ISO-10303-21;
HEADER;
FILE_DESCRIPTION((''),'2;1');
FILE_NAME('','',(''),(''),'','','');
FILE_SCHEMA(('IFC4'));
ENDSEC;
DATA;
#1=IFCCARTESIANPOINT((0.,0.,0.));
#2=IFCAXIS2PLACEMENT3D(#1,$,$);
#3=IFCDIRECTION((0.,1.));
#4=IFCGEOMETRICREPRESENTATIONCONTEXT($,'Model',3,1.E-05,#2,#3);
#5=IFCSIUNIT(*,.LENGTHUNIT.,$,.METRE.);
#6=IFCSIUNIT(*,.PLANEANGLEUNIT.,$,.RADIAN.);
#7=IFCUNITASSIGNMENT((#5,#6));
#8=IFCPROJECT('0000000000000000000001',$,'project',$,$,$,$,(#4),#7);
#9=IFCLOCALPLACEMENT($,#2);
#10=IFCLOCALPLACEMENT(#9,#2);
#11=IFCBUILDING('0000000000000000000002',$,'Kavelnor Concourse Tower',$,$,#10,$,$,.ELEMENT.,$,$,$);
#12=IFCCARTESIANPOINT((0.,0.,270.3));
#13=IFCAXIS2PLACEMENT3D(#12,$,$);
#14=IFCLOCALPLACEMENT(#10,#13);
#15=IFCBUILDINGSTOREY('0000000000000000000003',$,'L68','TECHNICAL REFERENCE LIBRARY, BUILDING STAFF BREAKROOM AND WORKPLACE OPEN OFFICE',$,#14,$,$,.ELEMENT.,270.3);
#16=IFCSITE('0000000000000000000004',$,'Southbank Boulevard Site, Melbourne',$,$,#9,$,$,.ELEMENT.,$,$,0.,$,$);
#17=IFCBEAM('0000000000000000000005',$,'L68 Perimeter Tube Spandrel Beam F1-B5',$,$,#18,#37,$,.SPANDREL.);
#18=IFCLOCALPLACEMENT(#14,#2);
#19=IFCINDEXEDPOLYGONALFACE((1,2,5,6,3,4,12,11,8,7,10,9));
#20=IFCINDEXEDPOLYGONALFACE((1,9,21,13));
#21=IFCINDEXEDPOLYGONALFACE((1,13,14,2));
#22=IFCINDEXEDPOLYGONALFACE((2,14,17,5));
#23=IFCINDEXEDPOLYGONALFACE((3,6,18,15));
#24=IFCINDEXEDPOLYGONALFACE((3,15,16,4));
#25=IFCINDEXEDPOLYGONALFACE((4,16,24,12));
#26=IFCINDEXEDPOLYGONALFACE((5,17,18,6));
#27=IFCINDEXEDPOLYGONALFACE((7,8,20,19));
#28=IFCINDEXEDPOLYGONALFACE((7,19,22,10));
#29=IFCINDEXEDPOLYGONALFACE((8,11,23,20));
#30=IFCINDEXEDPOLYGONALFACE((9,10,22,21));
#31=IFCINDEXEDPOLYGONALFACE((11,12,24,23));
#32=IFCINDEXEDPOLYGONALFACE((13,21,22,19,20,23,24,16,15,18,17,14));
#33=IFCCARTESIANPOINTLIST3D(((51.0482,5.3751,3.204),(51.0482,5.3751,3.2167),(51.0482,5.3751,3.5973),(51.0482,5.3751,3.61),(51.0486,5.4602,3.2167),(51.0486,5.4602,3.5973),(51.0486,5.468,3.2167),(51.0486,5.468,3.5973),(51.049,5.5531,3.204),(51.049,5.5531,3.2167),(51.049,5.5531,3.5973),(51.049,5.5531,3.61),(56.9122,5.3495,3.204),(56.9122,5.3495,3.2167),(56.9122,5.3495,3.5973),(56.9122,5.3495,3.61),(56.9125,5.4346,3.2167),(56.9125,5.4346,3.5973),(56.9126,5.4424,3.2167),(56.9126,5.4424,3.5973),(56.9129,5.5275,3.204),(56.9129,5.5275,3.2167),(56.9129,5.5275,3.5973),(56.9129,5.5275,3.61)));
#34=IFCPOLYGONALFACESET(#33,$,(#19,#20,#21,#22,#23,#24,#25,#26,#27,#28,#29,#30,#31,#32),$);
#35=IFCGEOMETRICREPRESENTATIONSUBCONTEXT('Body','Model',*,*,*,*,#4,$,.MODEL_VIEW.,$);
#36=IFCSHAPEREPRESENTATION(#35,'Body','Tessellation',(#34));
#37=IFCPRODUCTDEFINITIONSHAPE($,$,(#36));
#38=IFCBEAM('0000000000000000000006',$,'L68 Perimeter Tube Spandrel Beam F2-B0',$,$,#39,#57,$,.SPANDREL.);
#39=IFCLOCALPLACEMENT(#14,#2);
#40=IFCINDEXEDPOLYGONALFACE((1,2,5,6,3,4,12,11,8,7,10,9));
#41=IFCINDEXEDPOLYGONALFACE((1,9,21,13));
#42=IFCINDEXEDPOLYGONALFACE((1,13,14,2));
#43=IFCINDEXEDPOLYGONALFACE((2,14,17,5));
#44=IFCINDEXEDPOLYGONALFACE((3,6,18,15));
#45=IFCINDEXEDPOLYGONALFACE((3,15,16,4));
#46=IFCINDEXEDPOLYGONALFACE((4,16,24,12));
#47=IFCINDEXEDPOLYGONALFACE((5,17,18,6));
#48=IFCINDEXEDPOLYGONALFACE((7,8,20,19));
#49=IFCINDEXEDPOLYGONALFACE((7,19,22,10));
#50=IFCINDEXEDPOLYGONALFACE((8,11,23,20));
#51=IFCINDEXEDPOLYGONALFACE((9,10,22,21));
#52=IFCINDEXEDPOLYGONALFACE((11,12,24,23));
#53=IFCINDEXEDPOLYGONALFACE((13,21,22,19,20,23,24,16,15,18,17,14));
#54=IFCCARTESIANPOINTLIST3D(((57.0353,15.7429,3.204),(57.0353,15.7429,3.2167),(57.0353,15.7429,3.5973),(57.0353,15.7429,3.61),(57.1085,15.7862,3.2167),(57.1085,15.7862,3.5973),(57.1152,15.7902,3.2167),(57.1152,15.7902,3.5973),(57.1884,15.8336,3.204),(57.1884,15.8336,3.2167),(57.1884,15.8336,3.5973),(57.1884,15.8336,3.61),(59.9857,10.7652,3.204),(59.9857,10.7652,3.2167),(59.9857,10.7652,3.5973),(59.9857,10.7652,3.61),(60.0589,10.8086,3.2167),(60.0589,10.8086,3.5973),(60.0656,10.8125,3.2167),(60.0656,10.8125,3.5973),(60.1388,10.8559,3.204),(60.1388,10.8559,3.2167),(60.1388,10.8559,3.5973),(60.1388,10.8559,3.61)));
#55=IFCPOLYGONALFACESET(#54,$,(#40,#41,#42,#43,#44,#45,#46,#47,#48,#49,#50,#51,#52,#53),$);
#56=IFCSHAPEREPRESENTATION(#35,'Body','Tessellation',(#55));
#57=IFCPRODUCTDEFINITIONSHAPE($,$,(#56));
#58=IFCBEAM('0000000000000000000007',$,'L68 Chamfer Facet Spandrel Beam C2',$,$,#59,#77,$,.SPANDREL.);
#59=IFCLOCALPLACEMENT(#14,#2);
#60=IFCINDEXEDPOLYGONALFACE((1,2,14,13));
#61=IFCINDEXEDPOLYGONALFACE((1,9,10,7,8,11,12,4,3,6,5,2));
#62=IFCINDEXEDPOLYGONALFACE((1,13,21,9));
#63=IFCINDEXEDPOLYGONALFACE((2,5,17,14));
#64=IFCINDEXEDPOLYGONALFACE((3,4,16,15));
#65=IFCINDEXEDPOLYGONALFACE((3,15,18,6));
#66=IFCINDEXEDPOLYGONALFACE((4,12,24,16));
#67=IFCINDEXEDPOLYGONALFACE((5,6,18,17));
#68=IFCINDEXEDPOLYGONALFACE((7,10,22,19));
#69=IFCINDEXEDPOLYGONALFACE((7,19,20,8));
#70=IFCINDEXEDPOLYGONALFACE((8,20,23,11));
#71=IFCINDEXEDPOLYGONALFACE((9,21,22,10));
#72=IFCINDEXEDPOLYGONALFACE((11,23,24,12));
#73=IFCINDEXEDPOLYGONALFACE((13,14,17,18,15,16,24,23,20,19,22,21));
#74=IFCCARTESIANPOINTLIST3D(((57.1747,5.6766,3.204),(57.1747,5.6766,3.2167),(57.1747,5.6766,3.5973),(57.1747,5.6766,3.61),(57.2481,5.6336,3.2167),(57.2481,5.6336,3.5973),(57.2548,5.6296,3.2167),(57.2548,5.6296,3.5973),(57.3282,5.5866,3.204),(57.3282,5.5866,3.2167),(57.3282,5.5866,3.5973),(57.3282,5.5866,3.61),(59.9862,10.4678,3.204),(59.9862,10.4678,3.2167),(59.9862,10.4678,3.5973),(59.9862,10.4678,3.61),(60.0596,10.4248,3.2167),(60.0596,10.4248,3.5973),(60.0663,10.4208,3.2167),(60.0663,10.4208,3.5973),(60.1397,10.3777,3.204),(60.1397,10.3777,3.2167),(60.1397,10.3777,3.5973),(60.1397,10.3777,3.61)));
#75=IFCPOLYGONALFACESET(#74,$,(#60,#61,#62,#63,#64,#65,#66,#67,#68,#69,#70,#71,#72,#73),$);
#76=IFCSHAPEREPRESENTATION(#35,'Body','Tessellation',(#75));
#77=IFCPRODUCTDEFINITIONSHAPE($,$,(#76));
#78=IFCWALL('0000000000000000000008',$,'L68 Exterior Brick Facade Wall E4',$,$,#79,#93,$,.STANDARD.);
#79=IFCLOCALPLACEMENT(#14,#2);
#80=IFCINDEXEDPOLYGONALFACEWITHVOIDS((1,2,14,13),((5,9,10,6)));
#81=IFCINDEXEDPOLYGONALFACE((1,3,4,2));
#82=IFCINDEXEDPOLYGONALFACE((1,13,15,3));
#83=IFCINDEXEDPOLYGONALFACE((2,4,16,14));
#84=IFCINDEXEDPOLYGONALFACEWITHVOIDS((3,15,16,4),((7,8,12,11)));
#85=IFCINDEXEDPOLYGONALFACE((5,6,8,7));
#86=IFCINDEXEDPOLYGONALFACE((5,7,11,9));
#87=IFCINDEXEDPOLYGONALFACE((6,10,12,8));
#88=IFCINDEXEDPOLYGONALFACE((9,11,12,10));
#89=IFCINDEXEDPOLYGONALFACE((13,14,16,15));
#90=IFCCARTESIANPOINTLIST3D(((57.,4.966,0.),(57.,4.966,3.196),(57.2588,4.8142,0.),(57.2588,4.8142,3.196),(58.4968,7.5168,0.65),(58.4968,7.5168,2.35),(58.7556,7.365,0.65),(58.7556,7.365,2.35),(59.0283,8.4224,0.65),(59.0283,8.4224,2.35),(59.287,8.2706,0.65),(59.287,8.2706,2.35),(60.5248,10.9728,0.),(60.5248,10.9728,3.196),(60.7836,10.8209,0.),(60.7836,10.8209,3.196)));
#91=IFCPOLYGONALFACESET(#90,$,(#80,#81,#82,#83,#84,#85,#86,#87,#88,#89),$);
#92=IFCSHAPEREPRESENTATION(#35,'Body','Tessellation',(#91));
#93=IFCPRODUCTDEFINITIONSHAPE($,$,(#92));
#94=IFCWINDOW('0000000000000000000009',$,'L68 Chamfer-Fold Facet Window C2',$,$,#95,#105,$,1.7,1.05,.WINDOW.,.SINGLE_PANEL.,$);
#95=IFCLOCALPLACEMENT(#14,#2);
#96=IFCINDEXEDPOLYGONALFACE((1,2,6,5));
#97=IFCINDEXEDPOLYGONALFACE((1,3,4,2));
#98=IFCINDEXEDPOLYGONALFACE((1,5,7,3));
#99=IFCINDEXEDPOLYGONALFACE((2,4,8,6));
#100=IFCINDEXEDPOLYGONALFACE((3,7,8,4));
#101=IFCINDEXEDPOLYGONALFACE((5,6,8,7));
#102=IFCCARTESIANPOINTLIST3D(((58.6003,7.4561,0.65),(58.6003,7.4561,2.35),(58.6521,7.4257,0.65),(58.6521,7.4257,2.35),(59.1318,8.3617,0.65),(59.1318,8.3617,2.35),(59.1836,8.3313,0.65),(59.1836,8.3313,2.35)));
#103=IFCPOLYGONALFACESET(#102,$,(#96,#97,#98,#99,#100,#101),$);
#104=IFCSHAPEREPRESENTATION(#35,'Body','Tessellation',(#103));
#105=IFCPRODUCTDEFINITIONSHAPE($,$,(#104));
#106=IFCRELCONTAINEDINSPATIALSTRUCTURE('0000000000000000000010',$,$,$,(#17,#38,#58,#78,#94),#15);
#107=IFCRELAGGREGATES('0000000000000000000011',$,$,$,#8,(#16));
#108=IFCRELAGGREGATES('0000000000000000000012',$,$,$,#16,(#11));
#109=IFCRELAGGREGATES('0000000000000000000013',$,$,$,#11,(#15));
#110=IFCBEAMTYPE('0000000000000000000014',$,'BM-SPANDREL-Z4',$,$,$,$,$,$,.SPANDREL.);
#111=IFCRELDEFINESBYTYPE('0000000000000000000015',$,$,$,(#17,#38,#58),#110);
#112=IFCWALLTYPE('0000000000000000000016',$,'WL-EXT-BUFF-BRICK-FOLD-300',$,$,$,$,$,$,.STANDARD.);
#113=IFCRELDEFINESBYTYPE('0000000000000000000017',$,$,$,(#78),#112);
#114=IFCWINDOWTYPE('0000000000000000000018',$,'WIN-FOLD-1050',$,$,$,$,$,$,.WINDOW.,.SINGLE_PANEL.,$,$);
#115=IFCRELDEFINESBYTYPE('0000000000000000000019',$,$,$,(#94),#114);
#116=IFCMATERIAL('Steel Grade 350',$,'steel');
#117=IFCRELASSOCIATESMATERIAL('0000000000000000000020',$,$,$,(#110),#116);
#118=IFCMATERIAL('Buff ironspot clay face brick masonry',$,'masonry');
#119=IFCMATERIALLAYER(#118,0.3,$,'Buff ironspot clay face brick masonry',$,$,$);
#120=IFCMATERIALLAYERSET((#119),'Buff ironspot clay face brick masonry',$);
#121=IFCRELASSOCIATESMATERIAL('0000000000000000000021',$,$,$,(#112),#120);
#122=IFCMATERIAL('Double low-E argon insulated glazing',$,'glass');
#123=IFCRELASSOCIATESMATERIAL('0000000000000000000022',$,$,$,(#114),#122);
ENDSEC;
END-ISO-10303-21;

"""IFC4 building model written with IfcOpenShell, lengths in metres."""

from ifc_helpers import new_model, si_unit, direction, frame, frame_2d, origin, origin_2d, place, context, subcontext, project, spatial, rectangle, i_section, extrude, material, layer, layer_set, material_profile, profile_set, type_object, element, fill, save


model = new_model("IFC4")

# Units and contexts
model_context = context("Model", 3, precision=1e-05, world=origin(), true_north=direction((0.0, 1.0)))
body_context = subcontext(model_context, "Body", "Model", "MODEL_VIEW")
ifc_project = project(units=[si_unit("LENGTHUNIT", "METRE"), si_unit("PLANEANGLEUNIT", "RADIAN")], contexts=[model_context])

# Site, building, storey
site_placement = place(None, origin())
site = spatial("IfcSite", under=ifc_project, at=site_placement, Name="Southbank Boulevard Site, Melbourne", CompositionType="ELEMENT", RefElevation=0.0)
building_placement = place(site_placement, origin())
building = spatial("IfcBuilding", under=site, at=building_placement, Name="Kavelnor Concourse Tower", CompositionType="ELEMENT")
storey_placement = place(building_placement, frame((0.0, 0.0, 270.3)))
storey = spatial("IfcBuildingStorey", under=building, at=storey_placement, Name="L68", Description="TECHNICAL REFERENCE LIBRARY, BUILDING STAFF BREAKROOM AND WORKPLACE OPEN OFFICE", CompositionType="ELEMENT", Elevation=270.3)

# Shared definitions
ifc_material_1 = material(Name="Steel Grade 350", Category="steel")

# Beams
ifc_material_profile_1 = material_profile(ifc_material_1, i_section(OverallWidth=0.178, OverallDepth=0.406, WebThickness=0.0078, FlangeThickness=0.0127, at=origin_2d()), Name="410UB59")
ifc_profile_set_1 = profile_set([ifc_material_profile_1], Name="Steel Grade 350")
beam_type_1 = type_object("IfcBeamType", Name="BM-SPANDREL-Z4", PredefinedType="SPANDREL", material=ifc_profile_set_1)
beam_1_placement = place(storey_placement, frame((51.0486, 5.4641, 3.407), z_axis=(0.99999, -0.004371, 0.0), x_axis=(0.004371, 0.99999, 0.0)))
element("IfcBeam", 1, at=beam_1_placement, inside=storey, type_object=beam_type_1, Name="L68 Perimeter Tube Spandrel Beam F1-B5", PredefinedType="SPANDREL", context=body_context, shape_type="SweptSolid", body=[
    extrude(i_section(OverallWidth=0.178, OverallDepth=0.406, WebThickness=0.0078, FlangeThickness=0.0127, at=origin_2d()), origin(), (0.0, 0.0, 1.0), 5.864),
])
beam_2_placement = place(storey_placement, frame((60.0623, 10.8105, 3.407), z_axis=(-0.509885, 0.860243, 0.0), x_axis=(-0.860243, -0.509885, 0.0)))
element("IfcBeam", 2, at=beam_2_placement, inside=storey, type_object=beam_type_1, Name="L68 Perimeter Tube Spandrel Beam F2-B0", PredefinedType="SPANDREL", context=body_context, shape_type="SweptSolid", body=[
    extrude(i_section(OverallWidth=0.178, OverallDepth=0.406, WebThickness=0.0078, FlangeThickness=0.0127, at=origin_2d()), origin(), (0.0, 0.0, 1.0), 5.7864),
])
beam_3_placement = place(storey_placement, frame((57.2515, 5.6316, 3.407), z_axis=(0.506102, 0.862474, 0.0), x_axis=(-0.862474, 0.506102, 0.0)))
element("IfcBeam", 3, at=beam_3_placement, inside=storey, type_object=beam_type_1, Name="L68 Chamfer Facet Spandrel Beam C2", PredefinedType="SPANDREL", context=body_context, shape_type="SweptSolid", body=[
    extrude(i_section(OverallWidth=0.178, OverallDepth=0.406, WebThickness=0.0078, FlangeThickness=0.0127, at=origin_2d()), origin(), (0.0, 0.0, 1.0), 5.5552),
])

# Wall, opening, window
ifc_material_2 = material(Name="Buff ironspot clay face brick masonry", Category="masonry")
ifc_layer_1 = layer(ifc_material_2, 0.3, Name="Buff ironspot clay face brick masonry")
ifc_layer_set_1 = layer_set([ifc_layer_1], Name="Buff ironspot clay face brick masonry")
wall_type_1 = type_object("IfcWallType", Name="WL-EXT-BUFF-BRICK-FOLD-300", PredefinedType="STANDARD", material=ifc_layer_set_1)
wall_1_placement = place(storey_placement, frame((60.6543, 10.897, 0.0), z_axis=(0.0, 0.0, 1.0), x_axis=(-0.50611, -0.862469, 0.0)))
wall_1 = element("IfcWall", 4, at=wall_1_placement, inside=storey, type_object=wall_type_1, Name="L68 Exterior Brick Facade Wall E4", PredefinedType="STANDARD", context=body_context, shape_type="SweptSolid", body=[
    extrude(rectangle(XDim=6.9646, YDim=0.3, at=frame_2d((3.4824, 0.0))), origin(), (0.0, 0.0, 1.0), 3.196),
])
opening_1_placement = place(wall_1_placement, frame((2.9573, 0.0, 0.6499)))
opening_1 = element("IfcOpeningElement", 5, at=opening_1_placement, cuts=wall_1, PredefinedType="OPENING", context=body_context, shape_type="SweptSolid", body=[
    extrude(rectangle(XDim=1.05, YDim=1.7, at=frame_2d((0.5249, 0.8501))), frame((0.0, 0.1602, 0.0), z_axis=(0.0, -1.0, 0.0), x_axis=(1.0, 0.0, 0.0)), (0.0, 0.0, 1.0), 0.3201),
])
ifc_material_3 = material(Name="Double low-E argon insulated glazing", Category="glass")
window_type_1 = type_object("IfcWindowType", Name="WIN-FOLD-1050", PartitioningType="SINGLE_PANEL", PredefinedType="WINDOW", material=ifc_material_3)
window_1_placement = place(opening_1_placement, origin())
window_1 = element("IfcWindow", 6, at=window_1_placement, inside=storey, type_object=window_type_1, Name="L68 Chamfer-Fold Facet Window C2", OverallHeight=1.7, OverallWidth=1.05, PartitioningType="SINGLE_PANEL", PredefinedType="WINDOW", context=body_context, shape_type="SweptSolid", body=[
    extrude(rectangle(XDim=1.05, YDim=1.7, at=frame_2d((0.5249, 0.8501))), frame((0.0, 0.03, 0.0), z_axis=(0.0, -1.0, 0.0), x_axis=(1.0, 0.0, 0.0)), (0.0, 0.0, 1.0), 0.0601),
])
fill(opening_1, window_1)

save(model, "model.ifc")
